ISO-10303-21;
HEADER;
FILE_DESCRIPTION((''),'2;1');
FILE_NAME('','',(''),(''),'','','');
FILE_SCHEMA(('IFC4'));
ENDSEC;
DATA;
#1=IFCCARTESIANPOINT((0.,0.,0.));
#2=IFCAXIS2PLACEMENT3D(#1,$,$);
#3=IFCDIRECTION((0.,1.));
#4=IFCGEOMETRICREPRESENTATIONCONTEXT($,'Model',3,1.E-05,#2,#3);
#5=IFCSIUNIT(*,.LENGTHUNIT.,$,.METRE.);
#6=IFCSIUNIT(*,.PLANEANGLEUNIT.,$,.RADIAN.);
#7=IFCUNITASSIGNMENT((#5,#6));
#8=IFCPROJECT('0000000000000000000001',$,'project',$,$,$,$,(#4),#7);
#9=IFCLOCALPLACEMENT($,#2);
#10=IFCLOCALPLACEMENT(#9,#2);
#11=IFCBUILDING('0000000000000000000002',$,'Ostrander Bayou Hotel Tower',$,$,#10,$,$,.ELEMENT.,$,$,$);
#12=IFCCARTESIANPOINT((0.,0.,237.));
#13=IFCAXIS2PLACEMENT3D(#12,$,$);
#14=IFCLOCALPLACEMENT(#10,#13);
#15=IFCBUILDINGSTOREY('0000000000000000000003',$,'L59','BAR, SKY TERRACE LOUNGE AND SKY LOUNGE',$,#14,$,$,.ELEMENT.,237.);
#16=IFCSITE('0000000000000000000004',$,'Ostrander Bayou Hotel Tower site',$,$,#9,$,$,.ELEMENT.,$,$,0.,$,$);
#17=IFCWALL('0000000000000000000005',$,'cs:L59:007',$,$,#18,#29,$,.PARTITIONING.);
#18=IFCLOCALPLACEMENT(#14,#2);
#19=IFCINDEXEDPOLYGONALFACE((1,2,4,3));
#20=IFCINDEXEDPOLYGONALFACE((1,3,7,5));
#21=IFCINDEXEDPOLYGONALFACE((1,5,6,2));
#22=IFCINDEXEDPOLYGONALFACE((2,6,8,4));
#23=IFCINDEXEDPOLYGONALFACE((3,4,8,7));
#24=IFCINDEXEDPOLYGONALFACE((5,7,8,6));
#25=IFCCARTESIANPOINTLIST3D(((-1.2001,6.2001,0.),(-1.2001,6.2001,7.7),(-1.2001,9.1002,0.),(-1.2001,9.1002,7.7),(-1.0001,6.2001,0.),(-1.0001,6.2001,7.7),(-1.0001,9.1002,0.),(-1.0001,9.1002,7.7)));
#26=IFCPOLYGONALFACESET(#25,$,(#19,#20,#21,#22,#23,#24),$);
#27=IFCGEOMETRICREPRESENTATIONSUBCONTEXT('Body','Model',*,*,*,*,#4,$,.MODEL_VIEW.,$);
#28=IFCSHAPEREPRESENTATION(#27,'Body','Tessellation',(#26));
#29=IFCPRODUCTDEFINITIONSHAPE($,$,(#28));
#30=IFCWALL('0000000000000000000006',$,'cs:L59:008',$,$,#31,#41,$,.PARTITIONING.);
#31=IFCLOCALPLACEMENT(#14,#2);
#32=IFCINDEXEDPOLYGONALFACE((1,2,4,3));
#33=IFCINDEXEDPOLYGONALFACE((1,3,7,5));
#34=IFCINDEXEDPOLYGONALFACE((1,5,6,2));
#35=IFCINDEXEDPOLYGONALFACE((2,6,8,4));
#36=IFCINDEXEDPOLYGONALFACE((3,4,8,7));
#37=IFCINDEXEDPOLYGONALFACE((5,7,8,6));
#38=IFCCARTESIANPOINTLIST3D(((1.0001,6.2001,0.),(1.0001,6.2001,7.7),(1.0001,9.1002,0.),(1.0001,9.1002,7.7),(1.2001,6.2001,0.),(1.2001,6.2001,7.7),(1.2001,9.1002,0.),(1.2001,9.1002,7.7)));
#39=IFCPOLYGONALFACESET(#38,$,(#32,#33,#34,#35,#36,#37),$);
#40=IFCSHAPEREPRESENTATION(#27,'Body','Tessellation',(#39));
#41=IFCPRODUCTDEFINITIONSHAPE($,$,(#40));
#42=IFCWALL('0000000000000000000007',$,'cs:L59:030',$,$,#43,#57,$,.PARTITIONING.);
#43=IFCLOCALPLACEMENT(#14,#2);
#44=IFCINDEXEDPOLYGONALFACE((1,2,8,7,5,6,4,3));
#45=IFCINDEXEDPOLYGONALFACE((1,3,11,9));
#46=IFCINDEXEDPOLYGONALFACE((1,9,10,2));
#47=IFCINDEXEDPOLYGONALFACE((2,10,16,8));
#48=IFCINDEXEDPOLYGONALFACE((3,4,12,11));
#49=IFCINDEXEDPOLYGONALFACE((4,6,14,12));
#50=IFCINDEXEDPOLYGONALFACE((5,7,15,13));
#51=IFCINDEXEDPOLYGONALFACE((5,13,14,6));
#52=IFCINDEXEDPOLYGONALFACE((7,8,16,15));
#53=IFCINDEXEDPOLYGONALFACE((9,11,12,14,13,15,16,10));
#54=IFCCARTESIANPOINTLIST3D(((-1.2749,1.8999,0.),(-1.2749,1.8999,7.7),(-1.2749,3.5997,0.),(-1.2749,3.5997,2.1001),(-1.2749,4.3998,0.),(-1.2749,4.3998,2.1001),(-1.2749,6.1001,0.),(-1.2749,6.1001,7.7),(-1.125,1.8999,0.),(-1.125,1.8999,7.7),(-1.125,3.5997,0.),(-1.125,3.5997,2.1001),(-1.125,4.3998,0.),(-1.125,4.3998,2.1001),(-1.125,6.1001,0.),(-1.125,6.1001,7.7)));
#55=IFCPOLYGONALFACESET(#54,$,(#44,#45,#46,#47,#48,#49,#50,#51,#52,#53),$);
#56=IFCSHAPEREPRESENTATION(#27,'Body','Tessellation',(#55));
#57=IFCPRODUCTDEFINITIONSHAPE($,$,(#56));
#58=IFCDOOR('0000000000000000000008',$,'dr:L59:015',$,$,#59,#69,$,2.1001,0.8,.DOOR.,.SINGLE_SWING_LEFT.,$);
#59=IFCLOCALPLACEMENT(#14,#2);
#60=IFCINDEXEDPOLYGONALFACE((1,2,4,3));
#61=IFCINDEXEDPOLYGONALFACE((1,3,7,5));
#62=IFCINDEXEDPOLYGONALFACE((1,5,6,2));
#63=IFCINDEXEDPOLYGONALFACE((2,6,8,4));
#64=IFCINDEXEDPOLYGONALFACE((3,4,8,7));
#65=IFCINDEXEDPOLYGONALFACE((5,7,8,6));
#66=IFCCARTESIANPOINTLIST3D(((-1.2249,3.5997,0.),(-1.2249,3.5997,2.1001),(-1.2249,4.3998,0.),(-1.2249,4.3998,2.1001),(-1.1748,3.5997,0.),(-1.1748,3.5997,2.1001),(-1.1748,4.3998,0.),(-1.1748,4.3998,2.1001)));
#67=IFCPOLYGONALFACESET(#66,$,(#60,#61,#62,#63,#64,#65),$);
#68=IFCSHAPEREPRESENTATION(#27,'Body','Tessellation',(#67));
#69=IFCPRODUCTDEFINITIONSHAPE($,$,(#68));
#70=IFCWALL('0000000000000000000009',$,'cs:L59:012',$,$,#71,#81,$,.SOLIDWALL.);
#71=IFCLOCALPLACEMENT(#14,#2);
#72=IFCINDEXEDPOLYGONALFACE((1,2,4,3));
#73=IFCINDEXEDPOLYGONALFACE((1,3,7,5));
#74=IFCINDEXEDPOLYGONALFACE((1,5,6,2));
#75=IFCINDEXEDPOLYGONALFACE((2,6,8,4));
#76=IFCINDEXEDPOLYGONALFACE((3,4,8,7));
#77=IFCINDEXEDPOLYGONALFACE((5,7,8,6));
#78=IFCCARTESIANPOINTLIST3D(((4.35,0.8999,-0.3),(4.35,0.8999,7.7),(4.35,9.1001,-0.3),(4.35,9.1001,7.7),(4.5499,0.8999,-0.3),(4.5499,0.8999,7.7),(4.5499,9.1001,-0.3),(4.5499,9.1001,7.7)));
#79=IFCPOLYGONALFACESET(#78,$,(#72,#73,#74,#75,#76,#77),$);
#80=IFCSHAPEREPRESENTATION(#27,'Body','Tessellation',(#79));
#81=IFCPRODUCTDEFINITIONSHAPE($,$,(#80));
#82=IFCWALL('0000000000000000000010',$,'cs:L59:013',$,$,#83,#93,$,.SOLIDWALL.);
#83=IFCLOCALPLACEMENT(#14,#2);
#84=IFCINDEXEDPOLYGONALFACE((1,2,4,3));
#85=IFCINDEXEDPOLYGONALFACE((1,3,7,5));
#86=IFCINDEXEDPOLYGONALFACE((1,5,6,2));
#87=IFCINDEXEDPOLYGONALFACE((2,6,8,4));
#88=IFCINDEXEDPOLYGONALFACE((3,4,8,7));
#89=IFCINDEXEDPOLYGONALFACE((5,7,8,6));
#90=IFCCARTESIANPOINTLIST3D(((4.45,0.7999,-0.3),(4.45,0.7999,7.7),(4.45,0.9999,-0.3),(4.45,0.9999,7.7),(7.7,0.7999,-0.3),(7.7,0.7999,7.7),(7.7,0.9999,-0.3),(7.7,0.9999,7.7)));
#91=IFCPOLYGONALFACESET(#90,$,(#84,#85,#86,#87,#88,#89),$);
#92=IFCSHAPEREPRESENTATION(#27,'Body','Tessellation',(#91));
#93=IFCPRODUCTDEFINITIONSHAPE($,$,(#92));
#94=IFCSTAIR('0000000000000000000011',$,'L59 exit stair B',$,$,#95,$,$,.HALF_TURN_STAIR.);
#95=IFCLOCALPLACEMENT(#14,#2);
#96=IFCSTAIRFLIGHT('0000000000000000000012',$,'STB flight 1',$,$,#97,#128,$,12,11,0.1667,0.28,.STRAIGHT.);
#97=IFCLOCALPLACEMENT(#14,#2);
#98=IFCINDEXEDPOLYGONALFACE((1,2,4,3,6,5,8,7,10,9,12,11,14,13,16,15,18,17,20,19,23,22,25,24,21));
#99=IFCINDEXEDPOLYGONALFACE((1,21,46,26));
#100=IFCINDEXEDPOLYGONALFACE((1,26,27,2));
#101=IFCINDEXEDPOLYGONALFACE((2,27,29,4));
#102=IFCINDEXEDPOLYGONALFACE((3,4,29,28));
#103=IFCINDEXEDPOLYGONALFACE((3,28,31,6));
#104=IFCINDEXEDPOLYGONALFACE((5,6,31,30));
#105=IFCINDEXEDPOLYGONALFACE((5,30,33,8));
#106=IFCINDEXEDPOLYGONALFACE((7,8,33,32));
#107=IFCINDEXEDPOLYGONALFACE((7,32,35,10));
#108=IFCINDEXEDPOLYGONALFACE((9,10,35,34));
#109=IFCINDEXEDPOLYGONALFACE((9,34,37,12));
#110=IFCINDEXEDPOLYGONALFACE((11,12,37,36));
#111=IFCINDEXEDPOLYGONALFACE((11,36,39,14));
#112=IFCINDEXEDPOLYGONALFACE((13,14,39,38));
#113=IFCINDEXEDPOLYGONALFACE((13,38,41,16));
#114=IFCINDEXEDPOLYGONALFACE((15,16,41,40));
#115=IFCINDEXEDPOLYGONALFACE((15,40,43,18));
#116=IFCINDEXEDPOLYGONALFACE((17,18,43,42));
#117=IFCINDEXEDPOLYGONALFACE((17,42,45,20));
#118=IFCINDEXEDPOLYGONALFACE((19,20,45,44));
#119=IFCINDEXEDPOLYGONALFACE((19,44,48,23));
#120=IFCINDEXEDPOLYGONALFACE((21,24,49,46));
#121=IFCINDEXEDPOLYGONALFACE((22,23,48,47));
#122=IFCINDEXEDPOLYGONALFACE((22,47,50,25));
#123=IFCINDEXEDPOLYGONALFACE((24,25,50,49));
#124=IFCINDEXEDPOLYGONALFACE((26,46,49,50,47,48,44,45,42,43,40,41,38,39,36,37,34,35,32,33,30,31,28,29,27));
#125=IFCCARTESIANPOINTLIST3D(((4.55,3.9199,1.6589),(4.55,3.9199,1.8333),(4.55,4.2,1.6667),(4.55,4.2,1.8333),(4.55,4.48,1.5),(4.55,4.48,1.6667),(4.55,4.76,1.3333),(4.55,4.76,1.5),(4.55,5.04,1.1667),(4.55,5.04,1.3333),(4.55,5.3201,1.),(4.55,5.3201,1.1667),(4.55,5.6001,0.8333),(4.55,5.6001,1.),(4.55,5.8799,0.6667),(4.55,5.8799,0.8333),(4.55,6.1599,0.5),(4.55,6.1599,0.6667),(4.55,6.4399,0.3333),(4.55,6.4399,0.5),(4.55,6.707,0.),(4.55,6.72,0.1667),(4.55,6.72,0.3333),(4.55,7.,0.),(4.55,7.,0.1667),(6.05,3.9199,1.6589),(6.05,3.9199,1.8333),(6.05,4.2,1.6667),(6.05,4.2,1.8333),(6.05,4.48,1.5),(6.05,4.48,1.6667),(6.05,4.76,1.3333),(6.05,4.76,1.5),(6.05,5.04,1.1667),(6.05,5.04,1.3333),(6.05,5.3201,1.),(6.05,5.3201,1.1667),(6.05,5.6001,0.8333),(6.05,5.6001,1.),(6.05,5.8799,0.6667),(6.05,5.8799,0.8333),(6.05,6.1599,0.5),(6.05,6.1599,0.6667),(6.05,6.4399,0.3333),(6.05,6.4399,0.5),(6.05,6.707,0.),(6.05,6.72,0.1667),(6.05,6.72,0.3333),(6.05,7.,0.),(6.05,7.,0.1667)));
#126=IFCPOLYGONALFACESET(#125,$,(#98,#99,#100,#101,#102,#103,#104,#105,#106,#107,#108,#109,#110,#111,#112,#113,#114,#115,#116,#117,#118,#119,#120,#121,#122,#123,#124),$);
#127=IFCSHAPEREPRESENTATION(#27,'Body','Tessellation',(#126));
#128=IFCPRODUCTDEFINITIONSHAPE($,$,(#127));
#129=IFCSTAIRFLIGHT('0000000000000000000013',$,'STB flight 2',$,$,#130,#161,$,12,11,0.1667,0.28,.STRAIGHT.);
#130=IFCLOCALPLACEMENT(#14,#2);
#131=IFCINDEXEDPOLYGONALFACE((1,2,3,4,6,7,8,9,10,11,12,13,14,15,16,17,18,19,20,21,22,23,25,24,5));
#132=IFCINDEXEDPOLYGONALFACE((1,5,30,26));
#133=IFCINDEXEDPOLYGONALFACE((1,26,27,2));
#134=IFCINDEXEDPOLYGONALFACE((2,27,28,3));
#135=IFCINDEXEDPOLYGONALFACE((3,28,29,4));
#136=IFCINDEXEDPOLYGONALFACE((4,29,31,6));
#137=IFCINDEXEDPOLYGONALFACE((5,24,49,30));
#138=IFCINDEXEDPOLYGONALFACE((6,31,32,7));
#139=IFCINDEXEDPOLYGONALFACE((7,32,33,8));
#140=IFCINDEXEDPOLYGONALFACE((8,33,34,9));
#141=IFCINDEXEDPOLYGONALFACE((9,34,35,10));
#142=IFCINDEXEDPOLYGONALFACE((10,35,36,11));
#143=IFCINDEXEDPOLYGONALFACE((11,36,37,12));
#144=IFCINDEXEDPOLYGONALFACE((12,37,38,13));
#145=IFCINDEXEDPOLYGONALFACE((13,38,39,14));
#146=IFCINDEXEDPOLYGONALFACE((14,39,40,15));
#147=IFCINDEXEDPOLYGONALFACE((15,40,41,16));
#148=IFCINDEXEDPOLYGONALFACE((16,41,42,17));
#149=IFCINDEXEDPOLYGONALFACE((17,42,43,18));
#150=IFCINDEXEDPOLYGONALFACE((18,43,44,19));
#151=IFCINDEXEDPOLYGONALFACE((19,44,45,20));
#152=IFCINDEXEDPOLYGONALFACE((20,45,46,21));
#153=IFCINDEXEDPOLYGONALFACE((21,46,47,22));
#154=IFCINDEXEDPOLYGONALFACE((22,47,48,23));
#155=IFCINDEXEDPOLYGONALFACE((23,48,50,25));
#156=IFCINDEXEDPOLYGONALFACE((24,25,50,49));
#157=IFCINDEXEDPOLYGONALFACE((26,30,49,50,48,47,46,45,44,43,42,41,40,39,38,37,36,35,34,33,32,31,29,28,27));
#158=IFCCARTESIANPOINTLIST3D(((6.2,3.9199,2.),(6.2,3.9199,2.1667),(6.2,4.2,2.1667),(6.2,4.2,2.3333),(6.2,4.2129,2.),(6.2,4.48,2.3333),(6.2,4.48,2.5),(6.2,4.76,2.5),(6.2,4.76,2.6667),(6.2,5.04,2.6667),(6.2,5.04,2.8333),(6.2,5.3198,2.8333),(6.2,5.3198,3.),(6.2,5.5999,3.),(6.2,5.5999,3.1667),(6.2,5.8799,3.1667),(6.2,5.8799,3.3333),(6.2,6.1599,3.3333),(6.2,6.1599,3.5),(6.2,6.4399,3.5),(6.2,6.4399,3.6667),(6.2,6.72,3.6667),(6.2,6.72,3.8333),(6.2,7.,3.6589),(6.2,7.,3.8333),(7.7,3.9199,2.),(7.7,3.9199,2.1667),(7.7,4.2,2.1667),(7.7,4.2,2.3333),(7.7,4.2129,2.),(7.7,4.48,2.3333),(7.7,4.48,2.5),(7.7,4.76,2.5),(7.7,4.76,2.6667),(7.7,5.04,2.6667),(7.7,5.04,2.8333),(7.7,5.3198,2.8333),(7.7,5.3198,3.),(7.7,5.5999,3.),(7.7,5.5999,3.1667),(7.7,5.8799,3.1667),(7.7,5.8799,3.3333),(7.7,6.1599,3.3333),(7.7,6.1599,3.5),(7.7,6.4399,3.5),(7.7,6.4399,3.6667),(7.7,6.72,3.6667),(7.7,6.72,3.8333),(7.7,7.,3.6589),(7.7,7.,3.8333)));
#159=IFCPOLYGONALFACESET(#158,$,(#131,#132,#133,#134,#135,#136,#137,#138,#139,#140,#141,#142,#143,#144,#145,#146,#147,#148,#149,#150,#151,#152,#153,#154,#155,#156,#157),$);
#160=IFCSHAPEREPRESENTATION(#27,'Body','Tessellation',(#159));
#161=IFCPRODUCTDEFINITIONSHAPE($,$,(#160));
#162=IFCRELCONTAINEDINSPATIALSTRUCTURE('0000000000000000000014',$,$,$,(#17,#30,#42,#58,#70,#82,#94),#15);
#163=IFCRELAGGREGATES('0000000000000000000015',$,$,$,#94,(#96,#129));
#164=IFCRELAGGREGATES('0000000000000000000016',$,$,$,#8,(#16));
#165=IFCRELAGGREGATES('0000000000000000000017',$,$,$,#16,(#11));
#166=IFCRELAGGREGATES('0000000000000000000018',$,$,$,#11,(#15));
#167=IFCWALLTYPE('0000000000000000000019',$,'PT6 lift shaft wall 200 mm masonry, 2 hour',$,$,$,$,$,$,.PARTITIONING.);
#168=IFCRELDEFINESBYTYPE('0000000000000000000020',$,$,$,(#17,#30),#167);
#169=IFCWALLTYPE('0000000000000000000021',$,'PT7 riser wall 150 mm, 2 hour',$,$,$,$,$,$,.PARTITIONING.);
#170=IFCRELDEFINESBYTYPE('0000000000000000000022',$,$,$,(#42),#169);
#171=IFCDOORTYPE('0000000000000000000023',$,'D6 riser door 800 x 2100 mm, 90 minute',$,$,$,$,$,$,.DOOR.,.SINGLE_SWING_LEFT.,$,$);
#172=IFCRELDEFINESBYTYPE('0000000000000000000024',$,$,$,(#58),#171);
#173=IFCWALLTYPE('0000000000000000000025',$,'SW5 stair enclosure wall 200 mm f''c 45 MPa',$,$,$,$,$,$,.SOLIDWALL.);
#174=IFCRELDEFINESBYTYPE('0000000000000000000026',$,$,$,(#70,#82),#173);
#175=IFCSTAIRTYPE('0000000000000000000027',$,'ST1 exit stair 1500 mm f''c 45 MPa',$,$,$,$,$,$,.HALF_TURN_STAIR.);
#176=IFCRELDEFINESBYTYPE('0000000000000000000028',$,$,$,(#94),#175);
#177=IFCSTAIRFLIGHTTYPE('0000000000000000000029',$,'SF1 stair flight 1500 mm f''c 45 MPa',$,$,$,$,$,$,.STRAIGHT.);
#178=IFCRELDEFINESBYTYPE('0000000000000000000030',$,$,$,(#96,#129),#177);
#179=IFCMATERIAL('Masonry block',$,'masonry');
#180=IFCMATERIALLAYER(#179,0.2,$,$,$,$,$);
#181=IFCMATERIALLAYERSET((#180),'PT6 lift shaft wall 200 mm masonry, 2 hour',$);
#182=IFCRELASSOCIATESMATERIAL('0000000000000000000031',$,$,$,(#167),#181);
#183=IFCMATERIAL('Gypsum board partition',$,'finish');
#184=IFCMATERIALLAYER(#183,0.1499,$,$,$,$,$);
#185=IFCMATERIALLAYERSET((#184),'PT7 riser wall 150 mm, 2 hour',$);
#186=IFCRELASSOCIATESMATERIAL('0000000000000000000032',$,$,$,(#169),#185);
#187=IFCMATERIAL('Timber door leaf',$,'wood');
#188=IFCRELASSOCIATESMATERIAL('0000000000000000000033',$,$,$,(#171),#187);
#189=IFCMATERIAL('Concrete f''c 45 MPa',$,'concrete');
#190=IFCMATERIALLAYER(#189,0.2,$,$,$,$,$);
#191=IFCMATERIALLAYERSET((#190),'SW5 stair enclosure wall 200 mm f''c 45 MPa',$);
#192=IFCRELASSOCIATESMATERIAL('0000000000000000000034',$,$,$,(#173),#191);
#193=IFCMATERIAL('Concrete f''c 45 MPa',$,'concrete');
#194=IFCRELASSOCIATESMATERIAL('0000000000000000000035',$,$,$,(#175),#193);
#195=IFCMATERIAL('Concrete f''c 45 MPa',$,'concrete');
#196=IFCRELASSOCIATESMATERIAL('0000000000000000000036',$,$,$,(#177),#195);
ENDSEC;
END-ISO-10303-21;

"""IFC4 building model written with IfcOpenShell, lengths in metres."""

from ifc_helpers import new_model, si_unit, direction, frame, frame_2d, origin, place, context, subcontext, project, spatial, polyline, rectangle, outline, extrude, material, layer, layer_set, type_object, element, fill, aggregate, save


model = new_model("IFC4")

# Units and contexts
model_context = context("Model", 3, precision=1e-05, world=origin(), true_north=direction((0.0, 1.0)))
body_context = subcontext(model_context, "Body", "Model", "MODEL_VIEW")
ifc_project = project(units=[si_unit("LENGTHUNIT", "METRE"), si_unit("PLANEANGLEUNIT", "RADIAN")], contexts=[model_context])

# Site, building, storey
site_placement = place(None, origin())
site = spatial("IfcSite", under=ifc_project, at=site_placement, Name="Ostrander Bayou Hotel Tower site", CompositionType="ELEMENT", RefElevation=0.0)
building_placement = place(site_placement, origin())
building = spatial("IfcBuilding", under=site, at=building_placement, Name="Ostrander Bayou Hotel Tower", CompositionType="ELEMENT")
storey_placement = place(building_placement, frame((0.0, 0.0, 237.0)))
storey = spatial("IfcBuildingStorey", under=building, at=storey_placement, Name="L59", Description="BAR, SKY TERRACE LOUNGE AND SKY LOUNGE", CompositionType="ELEMENT", Elevation=237.0)

# Shared definitions
ifc_material_1 = material(Name="Masonry block", Category="masonry")
ifc_layer_1 = layer(ifc_material_1, 0.2)
ifc_layer_set_1 = layer_set([ifc_layer_1], Name="PT6 lift shaft wall 200 mm masonry, 2 hour")
wall_type_1 = type_object("IfcWallType", Name="PT6 lift shaft wall 200 mm masonry, 2 hour", PredefinedType="PARTITIONING", material=ifc_layer_set_1)

# Walls
for number, where, z_axis, x_axis, name in (
    (1, (-1.1001, 6.2, 0.0), (0.0, 0.0, 1.0), (0.0, 1.0, 0.0), "cs:L59:007"),
    (2, (1.1001, 6.2, 0.0), (0.0, 0.0, 1.0), (0.0, 1.0, 0.0), "cs:L59:008"),
):
    element("IfcWall", number, at=place(storey_placement, frame(where, z_axis=z_axis, x_axis=x_axis)), inside=storey, type_object=wall_type_1, Name=name, PredefinedType="PARTITIONING", context=body_context, shape_type="SweptSolid", body=[
        extrude(rectangle(XDim=2.9001, YDim=0.2, at=frame_2d((1.4502, 0.0))), origin(), (0.0, 0.0, 1.0), 7.7),
    ])

# Wall, opening, door
ifc_material_2 = material(Name="Gypsum board partition", Category="finish")
ifc_layer_2 = layer(ifc_material_2, 0.1499)
ifc_layer_set_2 = layer_set([ifc_layer_2], Name="PT7 riser wall 150 mm, 2 hour")
wall_type_2 = type_object("IfcWallType", Name="PT7 riser wall 150 mm, 2 hour", PredefinedType="PARTITIONING", material=ifc_layer_set_2)
wall_1_placement = place(storey_placement, frame((-1.2, 1.8999, 0.0), z_axis=(0.0, 0.0, 1.0), x_axis=(0.0, 1.0, 0.0)))
wall_1 = element("IfcWall", 3, at=wall_1_placement, inside=storey, type_object=wall_type_2, Name="cs:L59:030", PredefinedType="PARTITIONING", context=body_context, shape_type="SweptSolid", body=[
    extrude(rectangle(XDim=4.2002, YDim=0.1499, at=frame_2d((2.1001, 0.0))), origin(), (0.0, 0.0, 1.0), 7.7),
])
opening_1_placement = place(wall_1_placement, frame((1.7, 0.0, 0.0)))
opening_1 = element("IfcOpeningElement", 4, at=opening_1_placement, cuts=wall_1, PredefinedType="OPENING", context=body_context, shape_type="SweptSolid", body=[
    extrude(rectangle(XDim=0.8, YDim=2.1001, at=frame_2d((0.3999, 1.05))), frame((0.0, 0.075, 0.0), z_axis=(0.0, -1.0, 0.0), x_axis=(1.0, 0.0, 0.0)), (0.0, 0.0, 1.0), 0.1499),
])
ifc_material_3 = material(Name="Timber door leaf", Category="wood")
door_type_1 = type_object("IfcDoorType", Name="D6 riser door 800 x 2100 mm, 90 minute", OperationType="SINGLE_SWING_LEFT", PredefinedType="DOOR", material=ifc_material_3)
door_1_placement = place(opening_1_placement, origin())
door_1 = element("IfcDoor", 5, at=door_1_placement, inside=storey, type_object=door_type_1, Name="dr:L59:015", OperationType="SINGLE_SWING_LEFT", OverallHeight=2.1001, OverallWidth=0.8, PredefinedType="DOOR", context=body_context, shape_type="SweptSolid", body=[
    extrude(rectangle(XDim=0.8, YDim=2.1001, at=frame_2d((0.3999, 1.05))), frame((0.0, 0.0249, 0.0), z_axis=(0.0, -1.0, 0.0), x_axis=(1.0, 0.0, 0.0)), (0.0, 0.0, 1.0), 0.05),
])
fill(opening_1, door_1)

# Walls
ifc_material_4 = material(Name="Concrete f'c 45 MPa", Category="concrete")
ifc_layer_3 = layer(ifc_material_4, 0.2)
ifc_layer_set_3 = layer_set([ifc_layer_3], Name="SW5 stair enclosure wall 200 mm f'c 45 MPa")
wall_type_3 = type_object("IfcWallType", Name="SW5 stair enclosure wall 200 mm f'c 45 MPa", PredefinedType="SOLIDWALL", material=ifc_layer_set_3)
wall_2_placement = place(storey_placement, frame((4.45, 0.8999, -0.3), z_axis=(0.0, 0.0, 1.0), x_axis=(0.0, 1.0, 0.0)))
element("IfcWall", 6, at=wall_2_placement, inside=storey, type_object=wall_type_3, Name="cs:L59:012", PredefinedType="SOLIDWALL", context=body_context, shape_type="SweptSolid", body=[
    extrude(rectangle(XDim=8.2002, YDim=0.2, at=frame_2d((4.1001, 0.0))), origin(), (0.0, 0.0, 1.0), 8.0),
])
wall_3_placement = place(storey_placement, frame((4.45, 0.8999, -0.3), z_axis=(0.0, 0.0, 1.0), x_axis=(1.0, 0.0, 0.0)))
element("IfcWall", 7, at=wall_3_placement, inside=storey, type_object=wall_type_3, Name="cs:L59:013", PredefinedType="SOLIDWALL", context=body_context, shape_type="SweptSolid", body=[
    extrude(rectangle(XDim=3.25, YDim=0.2, at=frame_2d((1.625, 0.0))), origin(), (0.0, 0.0, 1.0), 8.0),
])

# Stair, stair flights
ifc_material_5 = material(Name="Concrete f'c 45 MPa", Category="concrete")
stair_type = type_object("IfcStairType", Name="ST1 exit stair 1500 mm f'c 45 MPa", PredefinedType="HALF_TURN_STAIR", material=ifc_material_5)
stair_placement = place(storey_placement, origin())
stair = element("IfcStair", 8, at=stair_placement, inside=storey, type_object=stair_type, Name="L59 exit stair B", PredefinedType="HALF_TURN_STAIR")
ifc_material_6 = material(Name="Concrete f'c 45 MPa", Category="concrete")
stair_flight_type = type_object("IfcStairFlightType", Name="SF1 stair flight 1500 mm f'c 45 MPa", PredefinedType="STRAIGHT", material=ifc_material_6)
stair_flight_1_placement = place(storey_placement, frame((5.3, 7.0, 0.0), z_axis=(0.0, 0.0, 1.0), x_axis=(0.0, -1.0, 0.0)))
stair_flight_1 = element("IfcStairFlight", 9, at=stair_flight_1_placement, type_object=stair_flight_type, Name="STB flight 1", NumberOfRisers=12, NumberOfTreads=11, PredefinedType="STRAIGHT", RiserHeight=0.1667, TreadLength=0.28, context=body_context, shape_type="SweptSolid", body=[
    extrude(outline(polyline([(0.0, 0.0), (0.0, 0.1667), (0.28, 0.1667), (0.28, 0.3333), (0.5601, 0.3333), (0.5601, 0.5), (0.8401, 0.5), (0.8401, 0.6667), (1.1201, 0.6667), (1.1201, 0.8333), (1.3999, 0.8333), (1.3999, 1.0), (1.6799, 1.0), (1.6799, 1.1667), (1.96, 1.1667), (1.96, 1.3333), (2.24, 1.3333), (2.24, 1.5), (2.52, 1.5), (2.52, 1.6667), (2.8, 1.6667), (2.8, 1.8333), (3.0801, 1.8333), (3.0801, 2.0), (3.0801, 1.6589), (0.293, 0.0), (0.0, 0.0)])), frame((0.0, 0.75, 0.0), z_axis=(0.0, -1.0, 0.0), x_axis=(1.0, 0.0, 0.0)), (0.0, 0.0, 1.0), 1.5),
])
stair_flight_2_placement = place(storey_placement, frame((6.95, 3.9199, 2.0), z_axis=(0.0, 0.0, 1.0), x_axis=(0.0, 1.0, 0.0)))
stair_flight_2 = element("IfcStairFlight", 10, at=stair_flight_2_placement, type_object=stair_flight_type, Name="STB flight 2", NumberOfRisers=12, NumberOfTreads=11, PredefinedType="STRAIGHT", RiserHeight=0.1667, TreadLength=0.28, context=body_context, shape_type="SweptSolid", body=[
    extrude(outline(polyline([(0.0, 0.0), (0.0, 0.1667), (0.28, 0.1667), (0.28, 0.3333), (0.5601, 0.3333), (0.5601, 0.5), (0.8401, 0.5), (0.8401, 0.6667), (1.1201, 0.6667), (1.1201, 0.8333), (1.3999, 0.8333), (1.3999, 1.0), (1.6799, 1.0), (1.6799, 1.1667), (1.96, 1.1667), (1.96, 1.3333), (2.24, 1.3333), (2.24, 1.5), (2.52, 1.5), (2.52, 1.6667), (2.8, 1.6667), (2.8, 1.8333), (3.0801, 1.8333), (3.0801, 2.0), (3.0801, 1.6589), (0.293, 0.0), (0.0, 0.0)])), frame((0.0, 0.75, 0.0), z_axis=(0.0, -1.0, 0.0), x_axis=(1.0, 0.0, 0.0)), (0.0, 0.0, 1.0), 1.5),
])
aggregate(stair, [stair_flight_1, stair_flight_2])

save(model, "model.ifc")
